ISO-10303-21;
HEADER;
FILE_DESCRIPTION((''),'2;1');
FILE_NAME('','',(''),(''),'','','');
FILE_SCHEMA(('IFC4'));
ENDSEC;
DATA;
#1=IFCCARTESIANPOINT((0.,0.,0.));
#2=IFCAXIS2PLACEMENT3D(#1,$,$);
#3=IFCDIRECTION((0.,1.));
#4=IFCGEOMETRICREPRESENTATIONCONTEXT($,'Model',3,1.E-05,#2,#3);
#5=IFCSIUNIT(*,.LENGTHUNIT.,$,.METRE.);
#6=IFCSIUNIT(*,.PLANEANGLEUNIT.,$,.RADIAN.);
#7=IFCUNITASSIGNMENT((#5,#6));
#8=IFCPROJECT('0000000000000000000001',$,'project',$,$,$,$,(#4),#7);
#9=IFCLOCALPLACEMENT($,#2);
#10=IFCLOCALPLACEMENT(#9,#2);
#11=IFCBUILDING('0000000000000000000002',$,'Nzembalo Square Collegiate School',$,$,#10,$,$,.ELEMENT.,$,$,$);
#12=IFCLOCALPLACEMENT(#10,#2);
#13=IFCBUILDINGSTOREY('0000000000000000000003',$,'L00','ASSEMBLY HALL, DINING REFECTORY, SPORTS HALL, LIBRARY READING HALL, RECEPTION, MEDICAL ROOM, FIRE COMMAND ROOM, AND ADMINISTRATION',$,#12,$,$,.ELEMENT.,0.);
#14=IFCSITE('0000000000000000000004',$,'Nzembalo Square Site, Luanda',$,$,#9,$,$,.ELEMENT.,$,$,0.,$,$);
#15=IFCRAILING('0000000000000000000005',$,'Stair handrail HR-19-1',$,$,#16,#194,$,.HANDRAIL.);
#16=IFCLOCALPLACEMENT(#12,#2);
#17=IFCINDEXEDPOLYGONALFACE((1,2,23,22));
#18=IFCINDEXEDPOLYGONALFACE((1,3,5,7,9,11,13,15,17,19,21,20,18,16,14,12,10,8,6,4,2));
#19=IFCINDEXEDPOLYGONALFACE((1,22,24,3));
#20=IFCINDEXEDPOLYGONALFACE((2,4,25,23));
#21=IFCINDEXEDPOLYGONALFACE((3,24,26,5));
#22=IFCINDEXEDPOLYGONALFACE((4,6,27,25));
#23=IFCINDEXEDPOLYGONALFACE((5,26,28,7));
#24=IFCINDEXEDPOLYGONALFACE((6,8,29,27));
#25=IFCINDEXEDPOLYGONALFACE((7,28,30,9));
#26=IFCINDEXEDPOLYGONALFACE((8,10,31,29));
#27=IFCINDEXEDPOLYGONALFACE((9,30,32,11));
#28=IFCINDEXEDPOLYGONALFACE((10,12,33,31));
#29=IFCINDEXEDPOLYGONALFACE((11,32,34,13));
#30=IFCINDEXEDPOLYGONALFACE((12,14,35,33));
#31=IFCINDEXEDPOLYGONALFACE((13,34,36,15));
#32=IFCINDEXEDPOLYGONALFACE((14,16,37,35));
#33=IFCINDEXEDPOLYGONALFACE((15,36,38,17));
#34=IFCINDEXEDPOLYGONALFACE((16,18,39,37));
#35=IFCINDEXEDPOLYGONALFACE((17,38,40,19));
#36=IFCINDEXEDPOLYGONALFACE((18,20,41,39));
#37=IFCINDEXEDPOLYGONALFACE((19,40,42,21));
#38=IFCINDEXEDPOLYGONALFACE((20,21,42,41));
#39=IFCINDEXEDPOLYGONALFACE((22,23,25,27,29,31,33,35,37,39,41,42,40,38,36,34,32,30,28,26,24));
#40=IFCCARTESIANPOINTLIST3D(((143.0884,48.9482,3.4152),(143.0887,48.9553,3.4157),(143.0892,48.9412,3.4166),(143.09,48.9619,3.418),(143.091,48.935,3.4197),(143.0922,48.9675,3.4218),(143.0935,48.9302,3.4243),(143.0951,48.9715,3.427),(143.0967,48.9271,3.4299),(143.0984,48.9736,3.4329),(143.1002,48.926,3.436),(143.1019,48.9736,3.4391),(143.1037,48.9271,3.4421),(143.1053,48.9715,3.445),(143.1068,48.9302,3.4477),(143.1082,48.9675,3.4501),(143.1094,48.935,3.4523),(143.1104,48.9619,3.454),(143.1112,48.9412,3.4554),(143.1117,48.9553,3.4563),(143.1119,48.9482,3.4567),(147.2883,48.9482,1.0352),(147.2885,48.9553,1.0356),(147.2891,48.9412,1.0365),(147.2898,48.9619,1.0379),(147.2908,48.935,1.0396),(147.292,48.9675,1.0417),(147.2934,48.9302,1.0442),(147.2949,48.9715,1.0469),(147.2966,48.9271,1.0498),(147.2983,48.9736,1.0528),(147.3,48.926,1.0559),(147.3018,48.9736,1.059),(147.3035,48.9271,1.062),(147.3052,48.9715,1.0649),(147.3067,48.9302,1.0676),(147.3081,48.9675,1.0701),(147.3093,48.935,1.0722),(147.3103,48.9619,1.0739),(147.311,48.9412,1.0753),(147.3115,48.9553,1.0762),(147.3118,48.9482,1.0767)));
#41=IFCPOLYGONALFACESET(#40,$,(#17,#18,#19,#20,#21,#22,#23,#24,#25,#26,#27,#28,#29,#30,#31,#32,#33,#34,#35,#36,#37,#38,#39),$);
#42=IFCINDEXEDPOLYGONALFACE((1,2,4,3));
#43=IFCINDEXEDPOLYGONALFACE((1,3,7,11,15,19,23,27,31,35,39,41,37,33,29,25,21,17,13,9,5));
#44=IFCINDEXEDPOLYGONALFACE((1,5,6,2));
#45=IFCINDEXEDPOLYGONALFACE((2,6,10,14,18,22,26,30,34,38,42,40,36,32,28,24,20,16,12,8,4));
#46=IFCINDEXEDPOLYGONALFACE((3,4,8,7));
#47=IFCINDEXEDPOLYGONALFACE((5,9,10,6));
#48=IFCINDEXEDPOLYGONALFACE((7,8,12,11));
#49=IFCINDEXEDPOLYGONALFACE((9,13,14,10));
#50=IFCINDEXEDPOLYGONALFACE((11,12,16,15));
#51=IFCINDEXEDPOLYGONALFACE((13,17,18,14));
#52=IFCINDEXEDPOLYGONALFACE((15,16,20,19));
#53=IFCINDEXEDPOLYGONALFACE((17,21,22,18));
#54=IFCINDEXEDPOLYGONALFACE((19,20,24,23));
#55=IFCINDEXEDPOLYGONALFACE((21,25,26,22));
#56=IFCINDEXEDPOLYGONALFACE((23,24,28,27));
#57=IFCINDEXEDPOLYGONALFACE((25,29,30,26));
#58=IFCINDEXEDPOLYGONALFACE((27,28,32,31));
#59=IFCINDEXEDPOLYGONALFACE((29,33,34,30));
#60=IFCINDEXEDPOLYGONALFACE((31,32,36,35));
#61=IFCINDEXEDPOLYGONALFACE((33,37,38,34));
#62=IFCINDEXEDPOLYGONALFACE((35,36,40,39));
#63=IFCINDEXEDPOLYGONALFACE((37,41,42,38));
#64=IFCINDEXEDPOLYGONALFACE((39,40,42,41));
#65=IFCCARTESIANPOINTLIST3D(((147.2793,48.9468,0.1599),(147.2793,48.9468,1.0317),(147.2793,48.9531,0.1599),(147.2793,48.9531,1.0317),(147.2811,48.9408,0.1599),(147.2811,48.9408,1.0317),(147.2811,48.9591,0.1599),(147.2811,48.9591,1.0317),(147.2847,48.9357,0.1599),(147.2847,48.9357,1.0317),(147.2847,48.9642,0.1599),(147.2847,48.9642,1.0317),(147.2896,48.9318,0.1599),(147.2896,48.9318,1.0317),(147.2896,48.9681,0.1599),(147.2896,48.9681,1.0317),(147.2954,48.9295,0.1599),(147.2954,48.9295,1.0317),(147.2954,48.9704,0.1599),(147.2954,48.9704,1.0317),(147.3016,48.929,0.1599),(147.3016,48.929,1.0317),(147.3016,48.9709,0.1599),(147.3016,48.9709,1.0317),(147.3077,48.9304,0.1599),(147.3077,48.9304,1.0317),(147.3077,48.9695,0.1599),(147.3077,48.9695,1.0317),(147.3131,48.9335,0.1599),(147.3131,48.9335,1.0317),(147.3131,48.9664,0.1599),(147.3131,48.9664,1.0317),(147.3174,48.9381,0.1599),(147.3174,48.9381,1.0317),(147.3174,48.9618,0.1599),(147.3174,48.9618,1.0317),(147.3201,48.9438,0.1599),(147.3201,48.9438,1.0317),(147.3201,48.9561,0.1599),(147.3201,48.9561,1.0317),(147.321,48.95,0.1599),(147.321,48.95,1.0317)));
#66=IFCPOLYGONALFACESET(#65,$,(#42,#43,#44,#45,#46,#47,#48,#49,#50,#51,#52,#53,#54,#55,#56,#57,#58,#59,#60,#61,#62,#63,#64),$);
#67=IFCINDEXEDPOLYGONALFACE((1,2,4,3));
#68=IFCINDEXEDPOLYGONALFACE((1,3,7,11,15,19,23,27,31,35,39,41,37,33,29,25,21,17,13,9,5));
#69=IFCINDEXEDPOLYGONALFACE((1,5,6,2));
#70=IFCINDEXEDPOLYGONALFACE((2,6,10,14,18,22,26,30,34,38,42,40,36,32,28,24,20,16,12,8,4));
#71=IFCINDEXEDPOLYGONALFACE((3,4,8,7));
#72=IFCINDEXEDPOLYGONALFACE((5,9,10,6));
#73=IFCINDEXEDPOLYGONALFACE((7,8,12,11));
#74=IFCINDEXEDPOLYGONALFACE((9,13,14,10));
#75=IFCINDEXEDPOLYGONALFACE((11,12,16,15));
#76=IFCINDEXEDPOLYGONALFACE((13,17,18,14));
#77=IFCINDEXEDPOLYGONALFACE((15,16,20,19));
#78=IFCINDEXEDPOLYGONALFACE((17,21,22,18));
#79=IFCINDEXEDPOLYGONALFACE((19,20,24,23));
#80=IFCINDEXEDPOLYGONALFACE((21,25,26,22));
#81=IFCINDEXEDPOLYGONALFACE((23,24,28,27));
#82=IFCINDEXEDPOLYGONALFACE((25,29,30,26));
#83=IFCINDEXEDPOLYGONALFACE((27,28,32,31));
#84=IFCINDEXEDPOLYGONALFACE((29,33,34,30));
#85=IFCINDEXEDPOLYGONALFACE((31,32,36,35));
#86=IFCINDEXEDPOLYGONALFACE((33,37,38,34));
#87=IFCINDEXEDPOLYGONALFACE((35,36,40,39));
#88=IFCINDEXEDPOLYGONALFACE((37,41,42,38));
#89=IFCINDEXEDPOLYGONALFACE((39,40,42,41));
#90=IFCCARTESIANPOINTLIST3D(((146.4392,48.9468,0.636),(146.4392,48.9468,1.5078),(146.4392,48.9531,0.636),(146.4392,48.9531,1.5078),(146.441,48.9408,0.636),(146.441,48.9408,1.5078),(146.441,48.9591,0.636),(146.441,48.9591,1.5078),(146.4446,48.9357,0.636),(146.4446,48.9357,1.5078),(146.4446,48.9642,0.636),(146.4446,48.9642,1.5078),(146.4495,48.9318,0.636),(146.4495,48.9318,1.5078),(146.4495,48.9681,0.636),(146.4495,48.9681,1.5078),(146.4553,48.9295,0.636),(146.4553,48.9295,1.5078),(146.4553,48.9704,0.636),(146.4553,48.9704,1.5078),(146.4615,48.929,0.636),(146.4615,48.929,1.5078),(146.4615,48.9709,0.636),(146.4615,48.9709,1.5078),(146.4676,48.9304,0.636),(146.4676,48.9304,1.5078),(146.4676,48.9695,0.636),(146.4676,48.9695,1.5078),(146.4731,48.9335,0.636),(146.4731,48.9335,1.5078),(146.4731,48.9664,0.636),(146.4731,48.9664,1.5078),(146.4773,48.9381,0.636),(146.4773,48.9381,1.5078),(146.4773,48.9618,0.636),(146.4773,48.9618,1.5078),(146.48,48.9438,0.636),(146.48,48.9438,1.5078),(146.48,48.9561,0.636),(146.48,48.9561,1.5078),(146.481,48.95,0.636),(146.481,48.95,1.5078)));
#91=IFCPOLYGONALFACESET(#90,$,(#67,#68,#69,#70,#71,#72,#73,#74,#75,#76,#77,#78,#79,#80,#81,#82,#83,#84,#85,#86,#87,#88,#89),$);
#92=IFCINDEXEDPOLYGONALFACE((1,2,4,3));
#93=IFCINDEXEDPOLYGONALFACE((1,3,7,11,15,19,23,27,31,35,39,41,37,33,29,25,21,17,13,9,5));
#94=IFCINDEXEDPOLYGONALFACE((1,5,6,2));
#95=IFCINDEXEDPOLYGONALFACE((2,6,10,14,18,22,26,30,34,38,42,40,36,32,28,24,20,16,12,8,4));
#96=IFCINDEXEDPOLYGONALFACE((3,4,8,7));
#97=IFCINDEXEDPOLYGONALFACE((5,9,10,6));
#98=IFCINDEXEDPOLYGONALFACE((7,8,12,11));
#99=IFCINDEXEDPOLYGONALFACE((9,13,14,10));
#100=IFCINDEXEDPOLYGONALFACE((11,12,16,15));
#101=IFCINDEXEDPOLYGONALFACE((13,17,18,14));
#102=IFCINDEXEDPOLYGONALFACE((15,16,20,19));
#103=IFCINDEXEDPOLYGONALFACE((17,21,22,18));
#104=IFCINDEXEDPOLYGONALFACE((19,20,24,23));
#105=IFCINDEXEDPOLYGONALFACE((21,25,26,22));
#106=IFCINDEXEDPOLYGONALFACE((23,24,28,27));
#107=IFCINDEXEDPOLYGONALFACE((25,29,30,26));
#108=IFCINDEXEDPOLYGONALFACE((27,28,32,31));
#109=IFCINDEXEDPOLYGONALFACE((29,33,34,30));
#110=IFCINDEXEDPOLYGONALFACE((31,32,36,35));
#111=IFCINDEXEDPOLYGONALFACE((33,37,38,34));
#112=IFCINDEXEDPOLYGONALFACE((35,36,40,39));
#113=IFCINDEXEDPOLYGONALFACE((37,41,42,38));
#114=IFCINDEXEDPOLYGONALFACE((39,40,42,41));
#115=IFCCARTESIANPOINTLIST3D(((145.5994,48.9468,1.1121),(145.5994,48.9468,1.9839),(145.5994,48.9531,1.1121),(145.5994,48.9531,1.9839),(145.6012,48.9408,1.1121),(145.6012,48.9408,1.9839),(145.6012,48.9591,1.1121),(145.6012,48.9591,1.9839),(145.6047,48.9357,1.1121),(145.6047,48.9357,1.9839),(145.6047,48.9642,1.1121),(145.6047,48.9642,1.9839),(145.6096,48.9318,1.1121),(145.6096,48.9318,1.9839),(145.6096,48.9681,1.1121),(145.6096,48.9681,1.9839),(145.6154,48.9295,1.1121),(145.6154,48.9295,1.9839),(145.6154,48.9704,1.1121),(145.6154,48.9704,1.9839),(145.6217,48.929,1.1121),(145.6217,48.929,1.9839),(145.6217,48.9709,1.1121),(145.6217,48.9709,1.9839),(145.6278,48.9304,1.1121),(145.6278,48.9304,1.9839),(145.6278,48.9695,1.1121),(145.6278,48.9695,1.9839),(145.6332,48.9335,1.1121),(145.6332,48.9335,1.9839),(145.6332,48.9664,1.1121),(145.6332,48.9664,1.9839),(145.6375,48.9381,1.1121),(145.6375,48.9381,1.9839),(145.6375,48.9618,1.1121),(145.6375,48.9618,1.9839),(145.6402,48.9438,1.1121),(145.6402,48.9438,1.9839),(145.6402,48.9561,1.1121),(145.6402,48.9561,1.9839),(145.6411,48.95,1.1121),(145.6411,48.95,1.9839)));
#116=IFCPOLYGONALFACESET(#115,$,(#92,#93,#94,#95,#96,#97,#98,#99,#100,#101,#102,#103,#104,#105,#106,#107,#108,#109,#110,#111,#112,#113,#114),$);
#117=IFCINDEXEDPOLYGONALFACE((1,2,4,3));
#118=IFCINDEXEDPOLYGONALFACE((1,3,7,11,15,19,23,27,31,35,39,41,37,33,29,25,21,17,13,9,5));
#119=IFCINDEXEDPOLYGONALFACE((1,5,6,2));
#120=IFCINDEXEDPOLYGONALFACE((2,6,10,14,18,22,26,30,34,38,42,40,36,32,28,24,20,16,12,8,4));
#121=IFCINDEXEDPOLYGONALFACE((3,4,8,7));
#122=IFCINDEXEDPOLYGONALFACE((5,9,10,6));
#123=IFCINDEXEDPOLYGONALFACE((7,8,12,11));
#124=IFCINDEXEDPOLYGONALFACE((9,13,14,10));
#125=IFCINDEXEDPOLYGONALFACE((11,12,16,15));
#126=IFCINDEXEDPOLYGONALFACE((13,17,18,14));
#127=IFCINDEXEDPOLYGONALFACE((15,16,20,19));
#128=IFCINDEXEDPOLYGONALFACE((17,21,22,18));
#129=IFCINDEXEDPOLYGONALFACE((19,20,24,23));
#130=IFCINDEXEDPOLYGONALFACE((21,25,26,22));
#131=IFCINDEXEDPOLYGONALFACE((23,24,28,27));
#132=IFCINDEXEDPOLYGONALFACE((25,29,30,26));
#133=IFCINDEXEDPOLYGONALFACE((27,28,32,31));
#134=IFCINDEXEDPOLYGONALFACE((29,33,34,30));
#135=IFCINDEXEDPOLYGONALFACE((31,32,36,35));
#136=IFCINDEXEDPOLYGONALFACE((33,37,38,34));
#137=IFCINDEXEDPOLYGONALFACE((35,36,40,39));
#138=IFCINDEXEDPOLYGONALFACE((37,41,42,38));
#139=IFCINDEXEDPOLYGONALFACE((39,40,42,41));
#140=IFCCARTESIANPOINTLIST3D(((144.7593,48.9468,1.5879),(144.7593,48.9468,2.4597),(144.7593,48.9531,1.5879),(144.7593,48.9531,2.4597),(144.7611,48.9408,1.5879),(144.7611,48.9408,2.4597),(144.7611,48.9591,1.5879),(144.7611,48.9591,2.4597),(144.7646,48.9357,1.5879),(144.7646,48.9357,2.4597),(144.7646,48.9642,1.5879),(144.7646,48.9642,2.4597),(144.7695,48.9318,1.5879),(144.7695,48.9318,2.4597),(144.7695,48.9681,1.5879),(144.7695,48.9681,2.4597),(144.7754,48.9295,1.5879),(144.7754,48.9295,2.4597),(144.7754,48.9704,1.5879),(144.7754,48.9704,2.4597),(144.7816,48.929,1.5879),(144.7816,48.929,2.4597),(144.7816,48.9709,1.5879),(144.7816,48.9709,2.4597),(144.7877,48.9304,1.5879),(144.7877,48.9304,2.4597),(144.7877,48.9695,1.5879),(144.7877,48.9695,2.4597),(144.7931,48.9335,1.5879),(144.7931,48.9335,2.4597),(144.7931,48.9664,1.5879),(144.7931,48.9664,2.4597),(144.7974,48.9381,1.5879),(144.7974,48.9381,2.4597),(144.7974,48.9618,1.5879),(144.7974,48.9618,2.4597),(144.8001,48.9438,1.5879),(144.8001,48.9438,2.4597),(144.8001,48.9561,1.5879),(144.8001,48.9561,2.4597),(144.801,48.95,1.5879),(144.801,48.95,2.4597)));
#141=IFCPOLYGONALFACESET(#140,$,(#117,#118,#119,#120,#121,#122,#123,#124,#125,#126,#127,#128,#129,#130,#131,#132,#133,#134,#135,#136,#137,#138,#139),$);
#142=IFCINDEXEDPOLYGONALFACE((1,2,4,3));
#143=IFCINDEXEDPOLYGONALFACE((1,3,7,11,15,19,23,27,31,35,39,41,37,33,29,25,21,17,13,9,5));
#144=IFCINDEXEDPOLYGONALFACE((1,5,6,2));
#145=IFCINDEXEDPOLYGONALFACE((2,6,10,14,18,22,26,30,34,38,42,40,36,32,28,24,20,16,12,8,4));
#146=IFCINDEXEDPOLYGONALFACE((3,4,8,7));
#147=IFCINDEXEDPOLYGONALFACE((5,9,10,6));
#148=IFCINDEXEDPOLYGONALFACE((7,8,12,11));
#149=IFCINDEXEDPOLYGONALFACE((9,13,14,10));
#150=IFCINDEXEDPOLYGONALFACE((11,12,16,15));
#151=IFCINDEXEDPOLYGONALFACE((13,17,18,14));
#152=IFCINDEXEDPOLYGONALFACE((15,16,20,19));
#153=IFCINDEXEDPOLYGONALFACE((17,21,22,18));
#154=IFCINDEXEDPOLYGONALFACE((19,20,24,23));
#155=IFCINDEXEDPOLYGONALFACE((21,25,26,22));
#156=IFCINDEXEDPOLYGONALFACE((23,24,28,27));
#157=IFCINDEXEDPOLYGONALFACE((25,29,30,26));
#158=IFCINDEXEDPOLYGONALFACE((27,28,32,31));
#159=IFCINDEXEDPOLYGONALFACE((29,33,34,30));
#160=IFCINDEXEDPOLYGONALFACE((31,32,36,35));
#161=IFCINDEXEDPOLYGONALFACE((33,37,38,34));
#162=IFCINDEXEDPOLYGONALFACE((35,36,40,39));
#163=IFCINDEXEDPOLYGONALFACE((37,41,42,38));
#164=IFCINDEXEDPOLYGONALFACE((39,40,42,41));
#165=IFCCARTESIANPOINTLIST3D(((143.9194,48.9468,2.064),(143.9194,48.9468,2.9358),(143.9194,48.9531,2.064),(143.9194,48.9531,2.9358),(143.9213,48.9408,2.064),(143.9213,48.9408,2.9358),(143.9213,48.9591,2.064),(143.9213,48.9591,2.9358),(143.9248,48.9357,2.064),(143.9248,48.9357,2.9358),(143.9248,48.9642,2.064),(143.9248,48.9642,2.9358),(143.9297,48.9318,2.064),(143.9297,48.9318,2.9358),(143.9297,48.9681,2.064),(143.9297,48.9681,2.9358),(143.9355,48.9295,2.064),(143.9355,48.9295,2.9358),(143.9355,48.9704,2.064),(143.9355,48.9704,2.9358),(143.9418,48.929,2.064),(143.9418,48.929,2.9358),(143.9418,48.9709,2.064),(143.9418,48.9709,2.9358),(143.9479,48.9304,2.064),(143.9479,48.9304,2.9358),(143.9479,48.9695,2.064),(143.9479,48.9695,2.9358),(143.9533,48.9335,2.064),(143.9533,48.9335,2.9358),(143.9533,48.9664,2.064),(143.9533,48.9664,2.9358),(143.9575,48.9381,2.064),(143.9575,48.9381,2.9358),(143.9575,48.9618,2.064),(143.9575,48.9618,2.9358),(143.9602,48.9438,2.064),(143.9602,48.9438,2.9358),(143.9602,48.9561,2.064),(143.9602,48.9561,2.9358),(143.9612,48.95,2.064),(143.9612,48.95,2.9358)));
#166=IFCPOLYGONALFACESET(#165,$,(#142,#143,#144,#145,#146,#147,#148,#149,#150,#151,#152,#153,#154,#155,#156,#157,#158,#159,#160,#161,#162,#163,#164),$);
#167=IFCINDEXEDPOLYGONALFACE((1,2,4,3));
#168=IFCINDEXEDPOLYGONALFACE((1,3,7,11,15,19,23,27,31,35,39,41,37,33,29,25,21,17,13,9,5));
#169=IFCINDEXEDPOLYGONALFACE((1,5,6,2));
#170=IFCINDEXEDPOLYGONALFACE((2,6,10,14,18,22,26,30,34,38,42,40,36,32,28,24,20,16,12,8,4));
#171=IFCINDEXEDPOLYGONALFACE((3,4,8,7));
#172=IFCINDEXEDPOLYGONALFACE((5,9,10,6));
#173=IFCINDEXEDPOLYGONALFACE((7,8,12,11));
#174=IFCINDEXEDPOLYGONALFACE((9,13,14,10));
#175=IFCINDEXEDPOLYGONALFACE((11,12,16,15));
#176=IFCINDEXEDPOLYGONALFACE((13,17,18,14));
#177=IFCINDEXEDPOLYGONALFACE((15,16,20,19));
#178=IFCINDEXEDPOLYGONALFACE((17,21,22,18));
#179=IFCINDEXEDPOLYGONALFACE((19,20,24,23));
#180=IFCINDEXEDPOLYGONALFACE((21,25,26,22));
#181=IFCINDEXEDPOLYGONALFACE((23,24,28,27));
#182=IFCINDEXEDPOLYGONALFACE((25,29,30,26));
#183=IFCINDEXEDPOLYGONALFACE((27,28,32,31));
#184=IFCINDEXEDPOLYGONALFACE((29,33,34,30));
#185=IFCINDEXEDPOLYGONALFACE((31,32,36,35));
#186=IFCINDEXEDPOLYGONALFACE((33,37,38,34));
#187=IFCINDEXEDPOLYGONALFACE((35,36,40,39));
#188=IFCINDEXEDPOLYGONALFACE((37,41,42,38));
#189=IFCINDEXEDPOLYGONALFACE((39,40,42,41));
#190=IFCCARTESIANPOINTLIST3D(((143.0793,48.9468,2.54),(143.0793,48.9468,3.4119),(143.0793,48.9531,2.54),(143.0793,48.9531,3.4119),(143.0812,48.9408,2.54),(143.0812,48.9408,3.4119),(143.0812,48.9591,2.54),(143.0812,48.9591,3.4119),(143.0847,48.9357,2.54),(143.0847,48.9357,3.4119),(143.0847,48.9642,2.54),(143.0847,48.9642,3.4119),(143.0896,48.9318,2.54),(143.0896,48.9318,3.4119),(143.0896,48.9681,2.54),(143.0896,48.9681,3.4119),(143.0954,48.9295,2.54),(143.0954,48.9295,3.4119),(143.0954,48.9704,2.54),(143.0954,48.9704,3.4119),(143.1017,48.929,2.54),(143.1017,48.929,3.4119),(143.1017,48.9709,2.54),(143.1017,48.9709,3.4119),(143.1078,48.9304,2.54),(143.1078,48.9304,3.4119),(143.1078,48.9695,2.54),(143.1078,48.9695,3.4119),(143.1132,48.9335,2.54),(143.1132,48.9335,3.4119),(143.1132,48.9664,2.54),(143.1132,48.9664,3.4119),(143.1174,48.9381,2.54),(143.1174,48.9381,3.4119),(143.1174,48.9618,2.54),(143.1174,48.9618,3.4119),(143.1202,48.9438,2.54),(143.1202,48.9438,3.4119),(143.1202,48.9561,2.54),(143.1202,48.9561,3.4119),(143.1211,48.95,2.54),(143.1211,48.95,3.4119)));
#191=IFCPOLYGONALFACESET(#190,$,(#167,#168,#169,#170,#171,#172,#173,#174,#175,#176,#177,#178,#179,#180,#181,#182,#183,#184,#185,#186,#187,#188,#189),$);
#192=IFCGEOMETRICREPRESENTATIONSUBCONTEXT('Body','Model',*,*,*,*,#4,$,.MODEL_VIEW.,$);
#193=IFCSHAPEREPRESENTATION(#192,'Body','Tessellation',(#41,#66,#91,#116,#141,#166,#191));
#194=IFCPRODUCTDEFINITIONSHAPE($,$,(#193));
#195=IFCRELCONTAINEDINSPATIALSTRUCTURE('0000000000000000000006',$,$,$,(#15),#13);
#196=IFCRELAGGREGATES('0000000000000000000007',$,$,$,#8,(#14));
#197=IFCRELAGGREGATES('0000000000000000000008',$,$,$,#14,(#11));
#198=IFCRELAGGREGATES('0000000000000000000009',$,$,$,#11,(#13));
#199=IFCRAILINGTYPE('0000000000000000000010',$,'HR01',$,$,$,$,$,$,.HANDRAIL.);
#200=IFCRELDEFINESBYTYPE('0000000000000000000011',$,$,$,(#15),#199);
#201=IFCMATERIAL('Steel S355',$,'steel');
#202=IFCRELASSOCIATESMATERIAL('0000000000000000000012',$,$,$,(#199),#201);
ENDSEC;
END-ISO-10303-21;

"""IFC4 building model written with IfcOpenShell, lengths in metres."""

from ifc_helpers import new_model, si_unit, direction, frame, origin, origin_2d, place, context, subcontext, project, spatial, circle, extrude, material, type_object, element, save


model = new_model("IFC4")

# Units and contexts
model_context = context("Model", 3, precision=1e-05, world=origin(), true_north=direction((0.0, 1.0)))
body_context = subcontext(model_context, "Body", "Model", "MODEL_VIEW")
ifc_project = project(units=[si_unit("LENGTHUNIT", "METRE"), si_unit("PLANEANGLEUNIT", "RADIAN")], contexts=[model_context])

# Site, building, storey
site_placement = place(None, origin())
site = spatial("IfcSite", under=ifc_project, at=site_placement, Name="Nzembalo Square Site, Luanda", CompositionType="ELEMENT", RefElevation=0.0)
building_placement = place(site_placement, origin())
building = spatial("IfcBuilding", under=site, at=building_placement, Name="Nzembalo Square Collegiate School", CompositionType="ELEMENT")
storey_placement = place(building_placement, origin())
storey = spatial("IfcBuildingStorey", under=building, at=storey_placement, Name="L00", Description="ASSEMBLY HALL, DINING REFECTORY, SPORTS HALL, LIBRARY READING HALL, RECEPTION, MEDICAL ROOM, FIRE COMMAND ROOM, AND ADMINISTRATION", CompositionType="ELEMENT", Elevation=0.0)

# Railing
ifc_material_1 = material(Name="Steel S355", Category="steel")
railing_type_1 = type_object("IfcRailingType", Name="HR01", PredefinedType="HANDRAIL", material=ifc_material_1)
railing_1_placement = place(storey_placement, frame((147.3, 48.95, 0.1599)))
element("IfcRailing", 1, at=railing_1_placement, inside=storey, type_object=railing_type_1, Name="Stair handrail HR-19-1", PredefinedType="HANDRAIL", context=body_context, shape_type="SweptSolid", body=[
    extrude(circle(Radius=0.0239, at=origin_2d()), frame((0.0, 0.0, 0.896), z_axis=(-0.870008, 0.0, 0.493037), x_axis=(0.0, -1.0, 0.0)), (0.0, 0.0, 1.0), 4.8274),
    extrude(circle(Radius=0.021, at=origin_2d()), origin(), (0.0, 0.0, 1.0), 0.8718),
    extrude(circle(Radius=0.021, at=origin_2d()), frame((-0.8401, 0.0, 0.4761)), (0.0, 0.0, 1.0), 0.8718),
    extrude(circle(Radius=0.021, at=origin_2d()), frame((-1.6799, 0.0, 0.9521)), (0.0, 0.0, 1.0), 0.8718),
    extrude(circle(Radius=0.021, at=origin_2d()), frame((-2.52, 0.0, 1.428)), (0.0, 0.0, 1.0), 0.8718),
    extrude(circle(Radius=0.021, at=origin_2d()), frame((-3.3599, 0.0, 1.9041)), (0.0, 0.0, 1.0), 0.8718),
    extrude(circle(Radius=0.021, at=origin_2d()), frame((-4.2, 0.0, 2.3801)), (0.0, 0.0, 1.0), 0.8718),
])

save(model, "model.ifc")
